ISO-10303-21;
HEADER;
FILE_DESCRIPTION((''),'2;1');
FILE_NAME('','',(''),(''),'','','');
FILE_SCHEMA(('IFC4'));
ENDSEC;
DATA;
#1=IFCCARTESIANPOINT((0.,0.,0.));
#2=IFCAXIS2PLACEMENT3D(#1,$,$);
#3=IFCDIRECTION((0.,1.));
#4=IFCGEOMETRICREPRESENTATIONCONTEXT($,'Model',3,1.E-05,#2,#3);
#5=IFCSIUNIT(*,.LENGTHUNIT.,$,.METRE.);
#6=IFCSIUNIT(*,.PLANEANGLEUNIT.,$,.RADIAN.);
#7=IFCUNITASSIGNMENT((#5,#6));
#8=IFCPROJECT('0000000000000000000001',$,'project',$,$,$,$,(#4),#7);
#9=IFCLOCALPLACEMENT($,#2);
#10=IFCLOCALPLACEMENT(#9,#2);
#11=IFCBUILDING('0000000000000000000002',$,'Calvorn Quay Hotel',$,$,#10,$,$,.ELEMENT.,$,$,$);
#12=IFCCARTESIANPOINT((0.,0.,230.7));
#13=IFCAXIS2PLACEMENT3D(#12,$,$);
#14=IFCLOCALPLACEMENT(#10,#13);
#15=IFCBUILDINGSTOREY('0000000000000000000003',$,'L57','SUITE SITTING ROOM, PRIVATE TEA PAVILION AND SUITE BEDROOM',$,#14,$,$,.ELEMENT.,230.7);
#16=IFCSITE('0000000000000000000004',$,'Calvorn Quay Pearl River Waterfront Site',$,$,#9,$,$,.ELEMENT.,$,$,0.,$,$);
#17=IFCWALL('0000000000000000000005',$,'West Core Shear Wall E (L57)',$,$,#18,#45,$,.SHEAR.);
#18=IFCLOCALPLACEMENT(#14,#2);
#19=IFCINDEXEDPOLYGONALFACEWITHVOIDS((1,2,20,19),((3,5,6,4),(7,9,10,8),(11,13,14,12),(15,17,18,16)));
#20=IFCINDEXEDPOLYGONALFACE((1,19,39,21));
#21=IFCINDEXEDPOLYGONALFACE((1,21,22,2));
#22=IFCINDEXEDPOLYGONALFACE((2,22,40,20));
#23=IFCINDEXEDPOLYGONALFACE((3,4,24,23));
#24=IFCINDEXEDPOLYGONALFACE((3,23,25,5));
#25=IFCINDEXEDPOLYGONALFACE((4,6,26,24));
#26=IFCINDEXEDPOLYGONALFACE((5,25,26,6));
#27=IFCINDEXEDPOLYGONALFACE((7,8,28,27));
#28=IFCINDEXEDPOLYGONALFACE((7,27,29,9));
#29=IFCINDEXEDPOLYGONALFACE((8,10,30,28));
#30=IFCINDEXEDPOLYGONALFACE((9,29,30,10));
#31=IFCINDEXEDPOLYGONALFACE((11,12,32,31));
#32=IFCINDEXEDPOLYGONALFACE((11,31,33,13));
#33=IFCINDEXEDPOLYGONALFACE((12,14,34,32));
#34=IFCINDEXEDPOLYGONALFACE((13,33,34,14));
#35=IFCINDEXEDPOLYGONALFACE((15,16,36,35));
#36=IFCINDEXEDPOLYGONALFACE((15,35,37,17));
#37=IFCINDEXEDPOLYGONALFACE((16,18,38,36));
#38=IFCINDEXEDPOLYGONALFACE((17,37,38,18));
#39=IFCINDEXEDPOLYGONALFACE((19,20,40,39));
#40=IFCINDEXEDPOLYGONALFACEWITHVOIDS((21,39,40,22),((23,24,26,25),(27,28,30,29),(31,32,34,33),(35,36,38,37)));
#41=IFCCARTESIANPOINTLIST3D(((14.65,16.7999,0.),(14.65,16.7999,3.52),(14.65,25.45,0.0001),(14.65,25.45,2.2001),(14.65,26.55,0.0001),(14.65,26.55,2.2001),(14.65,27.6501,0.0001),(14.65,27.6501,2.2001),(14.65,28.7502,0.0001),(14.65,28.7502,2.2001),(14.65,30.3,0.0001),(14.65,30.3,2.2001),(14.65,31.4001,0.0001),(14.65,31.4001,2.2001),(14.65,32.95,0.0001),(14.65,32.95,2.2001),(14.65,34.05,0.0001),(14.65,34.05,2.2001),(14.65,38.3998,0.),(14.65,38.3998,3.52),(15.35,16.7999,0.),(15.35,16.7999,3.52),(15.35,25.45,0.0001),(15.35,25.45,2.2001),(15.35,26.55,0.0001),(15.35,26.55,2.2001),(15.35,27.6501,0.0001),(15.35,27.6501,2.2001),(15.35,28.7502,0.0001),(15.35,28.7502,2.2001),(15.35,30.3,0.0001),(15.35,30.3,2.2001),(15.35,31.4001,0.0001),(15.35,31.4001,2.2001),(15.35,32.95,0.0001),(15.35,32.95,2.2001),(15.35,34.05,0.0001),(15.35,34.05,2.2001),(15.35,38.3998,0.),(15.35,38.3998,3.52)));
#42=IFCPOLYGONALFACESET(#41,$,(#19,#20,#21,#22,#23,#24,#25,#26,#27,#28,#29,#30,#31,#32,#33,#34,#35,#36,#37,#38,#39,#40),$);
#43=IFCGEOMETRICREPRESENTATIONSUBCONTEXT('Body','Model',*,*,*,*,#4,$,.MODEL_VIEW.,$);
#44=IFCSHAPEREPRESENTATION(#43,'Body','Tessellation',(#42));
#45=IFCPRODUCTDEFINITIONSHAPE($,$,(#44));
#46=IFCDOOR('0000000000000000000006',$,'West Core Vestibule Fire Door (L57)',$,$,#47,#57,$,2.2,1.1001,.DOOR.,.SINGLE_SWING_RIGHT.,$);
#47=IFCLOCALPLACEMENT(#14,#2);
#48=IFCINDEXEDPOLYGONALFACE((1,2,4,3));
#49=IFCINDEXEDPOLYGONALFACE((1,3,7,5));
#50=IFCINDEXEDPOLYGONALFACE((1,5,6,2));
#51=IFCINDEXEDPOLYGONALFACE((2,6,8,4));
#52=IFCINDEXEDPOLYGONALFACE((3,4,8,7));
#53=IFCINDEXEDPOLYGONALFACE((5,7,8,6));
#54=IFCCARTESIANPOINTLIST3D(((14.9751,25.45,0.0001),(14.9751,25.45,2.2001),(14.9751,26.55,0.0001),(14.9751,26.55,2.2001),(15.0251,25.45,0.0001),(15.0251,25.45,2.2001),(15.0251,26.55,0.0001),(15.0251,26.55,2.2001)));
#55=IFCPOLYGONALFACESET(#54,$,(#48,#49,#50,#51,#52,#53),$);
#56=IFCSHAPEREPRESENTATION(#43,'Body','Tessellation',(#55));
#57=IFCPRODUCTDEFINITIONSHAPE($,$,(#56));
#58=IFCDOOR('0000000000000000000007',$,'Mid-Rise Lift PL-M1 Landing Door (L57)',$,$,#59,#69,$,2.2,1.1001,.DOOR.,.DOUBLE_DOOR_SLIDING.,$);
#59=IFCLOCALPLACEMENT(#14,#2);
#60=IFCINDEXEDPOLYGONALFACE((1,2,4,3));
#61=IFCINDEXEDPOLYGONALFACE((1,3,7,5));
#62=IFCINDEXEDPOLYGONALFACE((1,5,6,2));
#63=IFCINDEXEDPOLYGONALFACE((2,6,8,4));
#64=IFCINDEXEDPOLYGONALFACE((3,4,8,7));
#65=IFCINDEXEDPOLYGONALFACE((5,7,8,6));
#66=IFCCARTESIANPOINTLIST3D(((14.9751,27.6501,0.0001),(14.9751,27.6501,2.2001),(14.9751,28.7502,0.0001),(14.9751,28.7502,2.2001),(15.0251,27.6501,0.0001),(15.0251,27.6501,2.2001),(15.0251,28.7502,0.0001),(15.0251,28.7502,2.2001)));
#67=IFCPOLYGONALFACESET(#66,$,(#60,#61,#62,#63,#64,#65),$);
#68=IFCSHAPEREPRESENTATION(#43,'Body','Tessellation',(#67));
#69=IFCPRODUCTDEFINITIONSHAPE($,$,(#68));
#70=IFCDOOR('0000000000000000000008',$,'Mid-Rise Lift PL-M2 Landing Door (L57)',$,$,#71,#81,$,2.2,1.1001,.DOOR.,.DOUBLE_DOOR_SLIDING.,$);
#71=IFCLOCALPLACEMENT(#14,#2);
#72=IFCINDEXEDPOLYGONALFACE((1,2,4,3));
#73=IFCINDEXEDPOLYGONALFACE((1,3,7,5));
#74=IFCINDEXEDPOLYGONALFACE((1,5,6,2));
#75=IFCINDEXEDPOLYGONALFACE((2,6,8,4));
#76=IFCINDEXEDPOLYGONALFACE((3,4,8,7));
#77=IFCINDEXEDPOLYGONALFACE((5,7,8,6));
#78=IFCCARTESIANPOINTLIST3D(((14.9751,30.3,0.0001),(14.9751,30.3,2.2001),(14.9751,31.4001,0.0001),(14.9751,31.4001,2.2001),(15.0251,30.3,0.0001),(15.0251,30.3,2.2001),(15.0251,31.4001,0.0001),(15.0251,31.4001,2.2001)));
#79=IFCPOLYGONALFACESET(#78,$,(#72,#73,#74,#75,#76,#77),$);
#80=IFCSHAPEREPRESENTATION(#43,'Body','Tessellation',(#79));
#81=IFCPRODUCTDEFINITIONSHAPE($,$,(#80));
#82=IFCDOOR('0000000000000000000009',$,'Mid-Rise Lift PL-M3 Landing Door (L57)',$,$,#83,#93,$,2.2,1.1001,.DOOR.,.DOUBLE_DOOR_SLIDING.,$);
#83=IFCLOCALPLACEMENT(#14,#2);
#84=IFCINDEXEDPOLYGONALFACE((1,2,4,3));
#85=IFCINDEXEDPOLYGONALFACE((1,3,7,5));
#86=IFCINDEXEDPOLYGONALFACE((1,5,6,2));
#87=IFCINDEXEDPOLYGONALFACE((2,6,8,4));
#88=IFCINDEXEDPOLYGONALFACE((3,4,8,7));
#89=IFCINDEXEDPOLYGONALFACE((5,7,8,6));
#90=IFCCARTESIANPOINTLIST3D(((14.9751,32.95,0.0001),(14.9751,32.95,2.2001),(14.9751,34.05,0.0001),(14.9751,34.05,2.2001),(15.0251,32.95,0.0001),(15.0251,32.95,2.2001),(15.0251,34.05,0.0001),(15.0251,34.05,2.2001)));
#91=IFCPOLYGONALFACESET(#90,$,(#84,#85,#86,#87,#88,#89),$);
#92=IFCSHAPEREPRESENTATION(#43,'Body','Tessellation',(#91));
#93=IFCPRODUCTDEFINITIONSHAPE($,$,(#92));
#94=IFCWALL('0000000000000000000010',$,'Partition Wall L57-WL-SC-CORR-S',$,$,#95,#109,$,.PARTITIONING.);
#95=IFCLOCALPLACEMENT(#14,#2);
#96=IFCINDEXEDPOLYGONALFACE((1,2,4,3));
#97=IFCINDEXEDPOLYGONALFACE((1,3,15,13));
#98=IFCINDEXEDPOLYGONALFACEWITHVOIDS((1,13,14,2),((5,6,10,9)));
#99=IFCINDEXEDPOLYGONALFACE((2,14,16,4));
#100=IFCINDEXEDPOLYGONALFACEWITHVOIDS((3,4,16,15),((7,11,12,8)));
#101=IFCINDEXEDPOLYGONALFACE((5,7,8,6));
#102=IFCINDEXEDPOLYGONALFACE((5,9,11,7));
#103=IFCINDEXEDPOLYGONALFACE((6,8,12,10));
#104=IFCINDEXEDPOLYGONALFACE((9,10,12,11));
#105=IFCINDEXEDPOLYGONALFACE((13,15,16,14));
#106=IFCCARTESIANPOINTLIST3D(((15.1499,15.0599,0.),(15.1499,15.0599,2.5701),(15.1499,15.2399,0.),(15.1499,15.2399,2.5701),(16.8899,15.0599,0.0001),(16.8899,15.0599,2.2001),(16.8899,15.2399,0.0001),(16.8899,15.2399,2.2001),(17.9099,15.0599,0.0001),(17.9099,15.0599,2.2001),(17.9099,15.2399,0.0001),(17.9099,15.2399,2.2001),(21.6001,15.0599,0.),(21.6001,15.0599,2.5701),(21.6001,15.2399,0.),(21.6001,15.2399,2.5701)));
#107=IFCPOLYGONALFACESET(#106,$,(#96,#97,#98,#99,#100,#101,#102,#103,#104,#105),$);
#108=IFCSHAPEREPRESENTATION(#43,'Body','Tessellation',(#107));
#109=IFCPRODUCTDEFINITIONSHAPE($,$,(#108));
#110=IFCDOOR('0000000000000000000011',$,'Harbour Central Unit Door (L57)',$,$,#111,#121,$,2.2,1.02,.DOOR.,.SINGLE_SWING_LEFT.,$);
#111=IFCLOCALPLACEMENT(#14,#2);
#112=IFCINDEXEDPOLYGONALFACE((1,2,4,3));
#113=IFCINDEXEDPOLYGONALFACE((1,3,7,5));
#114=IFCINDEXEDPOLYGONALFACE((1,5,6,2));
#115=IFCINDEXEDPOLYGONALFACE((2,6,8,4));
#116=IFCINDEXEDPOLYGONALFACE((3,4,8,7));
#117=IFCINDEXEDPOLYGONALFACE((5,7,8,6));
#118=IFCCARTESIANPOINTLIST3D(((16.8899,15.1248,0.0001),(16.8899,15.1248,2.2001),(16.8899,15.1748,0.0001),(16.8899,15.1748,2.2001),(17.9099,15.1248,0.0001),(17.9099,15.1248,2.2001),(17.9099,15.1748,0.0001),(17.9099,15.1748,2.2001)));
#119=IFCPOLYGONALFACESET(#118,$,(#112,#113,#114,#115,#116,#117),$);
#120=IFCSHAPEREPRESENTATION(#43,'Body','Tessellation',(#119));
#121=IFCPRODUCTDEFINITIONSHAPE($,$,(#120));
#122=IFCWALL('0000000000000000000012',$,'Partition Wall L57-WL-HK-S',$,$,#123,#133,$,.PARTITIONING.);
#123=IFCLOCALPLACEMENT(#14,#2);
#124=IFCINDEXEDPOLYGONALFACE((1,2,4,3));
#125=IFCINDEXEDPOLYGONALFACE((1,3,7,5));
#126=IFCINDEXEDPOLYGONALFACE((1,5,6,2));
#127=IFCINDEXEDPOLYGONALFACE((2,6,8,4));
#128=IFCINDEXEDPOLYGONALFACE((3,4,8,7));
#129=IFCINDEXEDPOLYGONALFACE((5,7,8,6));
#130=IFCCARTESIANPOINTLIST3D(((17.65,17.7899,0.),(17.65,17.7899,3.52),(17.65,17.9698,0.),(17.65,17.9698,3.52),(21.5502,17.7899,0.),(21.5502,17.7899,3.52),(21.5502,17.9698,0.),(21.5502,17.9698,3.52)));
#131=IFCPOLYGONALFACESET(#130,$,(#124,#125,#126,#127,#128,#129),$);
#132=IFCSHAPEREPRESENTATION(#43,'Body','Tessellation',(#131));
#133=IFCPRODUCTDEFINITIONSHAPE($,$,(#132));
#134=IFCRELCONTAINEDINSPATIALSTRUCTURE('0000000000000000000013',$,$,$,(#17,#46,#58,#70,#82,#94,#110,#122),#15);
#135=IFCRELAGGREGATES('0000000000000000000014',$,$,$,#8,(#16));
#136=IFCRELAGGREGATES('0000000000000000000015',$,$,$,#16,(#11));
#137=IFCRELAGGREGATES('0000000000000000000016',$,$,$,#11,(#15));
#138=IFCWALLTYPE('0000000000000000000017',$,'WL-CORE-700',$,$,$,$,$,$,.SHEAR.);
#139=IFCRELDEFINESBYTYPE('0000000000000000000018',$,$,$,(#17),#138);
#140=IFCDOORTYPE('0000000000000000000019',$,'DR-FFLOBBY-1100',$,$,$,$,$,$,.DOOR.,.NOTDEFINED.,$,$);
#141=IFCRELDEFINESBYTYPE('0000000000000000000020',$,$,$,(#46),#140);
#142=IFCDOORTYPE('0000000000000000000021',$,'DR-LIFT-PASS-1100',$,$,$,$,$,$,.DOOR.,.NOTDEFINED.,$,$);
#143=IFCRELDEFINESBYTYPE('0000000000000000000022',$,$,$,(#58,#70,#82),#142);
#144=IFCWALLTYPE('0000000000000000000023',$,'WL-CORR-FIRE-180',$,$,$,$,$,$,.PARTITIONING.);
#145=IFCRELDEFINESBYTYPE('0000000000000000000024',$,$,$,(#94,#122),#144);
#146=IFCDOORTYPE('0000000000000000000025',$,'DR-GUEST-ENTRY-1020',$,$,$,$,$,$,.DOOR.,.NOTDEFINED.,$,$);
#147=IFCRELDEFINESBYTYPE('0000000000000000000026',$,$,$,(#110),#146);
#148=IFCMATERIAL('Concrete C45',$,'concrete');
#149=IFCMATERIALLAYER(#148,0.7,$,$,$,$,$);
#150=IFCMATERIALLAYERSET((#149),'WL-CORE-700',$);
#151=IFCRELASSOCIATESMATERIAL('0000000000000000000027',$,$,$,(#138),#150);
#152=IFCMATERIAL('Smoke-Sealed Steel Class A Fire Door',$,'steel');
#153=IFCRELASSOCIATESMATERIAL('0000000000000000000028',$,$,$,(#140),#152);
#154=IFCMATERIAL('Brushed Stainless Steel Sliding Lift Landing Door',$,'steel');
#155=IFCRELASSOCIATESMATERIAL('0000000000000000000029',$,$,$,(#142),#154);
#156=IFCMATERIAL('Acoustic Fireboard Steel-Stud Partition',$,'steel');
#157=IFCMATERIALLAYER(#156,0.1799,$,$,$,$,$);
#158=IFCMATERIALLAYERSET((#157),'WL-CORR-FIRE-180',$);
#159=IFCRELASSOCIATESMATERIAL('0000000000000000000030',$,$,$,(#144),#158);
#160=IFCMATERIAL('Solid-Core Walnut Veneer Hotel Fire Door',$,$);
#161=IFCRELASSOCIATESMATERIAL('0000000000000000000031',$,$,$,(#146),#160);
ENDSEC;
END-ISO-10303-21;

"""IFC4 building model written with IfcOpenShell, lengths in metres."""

from ifc_helpers import new_model, si_unit, direction, frame, frame_2d, origin, place, context, subcontext, project, spatial, rectangle, extrude, material, layer, layer_set, type_object, element, fill, save


model = new_model("IFC4")

# Units and contexts
model_context = context("Model", 3, precision=1e-05, world=origin(), true_north=direction((0.0, 1.0)))
body_context = subcontext(model_context, "Body", "Model", "MODEL_VIEW")
ifc_project = project(units=[si_unit("LENGTHUNIT", "METRE"), si_unit("PLANEANGLEUNIT", "RADIAN")], contexts=[model_context])

# Site, building, storey
site_placement = place(None, origin())
site = spatial("IfcSite", under=ifc_project, at=site_placement, Name="Calvorn Quay Pearl River Waterfront Site", CompositionType="ELEMENT", RefElevation=0.0)
building_placement = place(site_placement, origin())
building = spatial("IfcBuilding", under=site, at=building_placement, Name="Calvorn Quay Hotel", CompositionType="ELEMENT")
storey_placement = place(building_placement, frame((0.0, 0.0, 230.7)))
storey = spatial("IfcBuildingStorey", under=building, at=storey_placement, Name="L57", Description="SUITE SITTING ROOM, PRIVATE TEA PAVILION AND SUITE BEDROOM", CompositionType="ELEMENT", Elevation=230.7)

# Wall, openings, doors
ifc_material_1 = material(Name="Concrete C45", Category="concrete")
ifc_layer_1 = layer(ifc_material_1, 0.7)
ifc_layer_set_1 = layer_set([ifc_layer_1], Name="WL-CORE-700")
wall_type_1 = type_object("IfcWallType", Name="WL-CORE-700", PredefinedType="SHEAR", material=ifc_layer_set_1)
wall_1_placement = place(storey_placement, frame((15.0, 16.8, 0.0), z_axis=(0.0, 0.0, 1.0), x_axis=(0.0, 1.0, 0.0)))
wall_1 = element("IfcWall", 1, at=wall_1_placement, inside=storey, type_object=wall_type_1, Name="West Core Shear Wall E (L57)", PredefinedType="SHEAR", context=body_context, shape_type="SweptSolid", body=[
    extrude(rectangle(XDim=21.5999, YDim=0.7, at=frame_2d((10.7998, 0.0))), origin(), (0.0, 0.0, 1.0), 3.52),
])
opening_1_placement = place(wall_1_placement, frame((8.6499, 0.0, 0.0)))
opening_1 = element("IfcOpeningElement", 2, at=opening_1_placement, cuts=wall_1, PredefinedType="OPENING", context=body_context, shape_type="SweptSolid", body=[
    extrude(rectangle(XDim=1.1001, YDim=2.2, at=frame_2d((0.55, 1.1001))), frame((0.0, 0.3599, 0.0), z_axis=(0.0, -1.0, 0.0), x_axis=(1.0, 0.0, 0.0)), (0.0, 0.0, 1.0), 0.72),
])
opening_2_placement = place(wall_1_placement, frame((10.8501, 0.0, 0.0)))
opening_2 = element("IfcOpeningElement", 3, at=opening_2_placement, cuts=wall_1, PredefinedType="OPENING", context=body_context, shape_type="SweptSolid", body=[
    extrude(rectangle(XDim=1.1001, YDim=2.2, at=frame_2d((0.55, 1.1001))), frame((0.0, 0.3599, 0.0), z_axis=(0.0, -1.0, 0.0), x_axis=(1.0, 0.0, 0.0)), (0.0, 0.0, 1.0), 0.72),
])
opening_3_placement = place(wall_1_placement, frame((13.5, 0.0, 0.0)))
opening_3 = element("IfcOpeningElement", 4, at=opening_3_placement, cuts=wall_1, PredefinedType="OPENING", context=body_context, shape_type="SweptSolid", body=[
    extrude(rectangle(XDim=1.1001, YDim=2.2, at=frame_2d((0.55, 1.1001))), frame((0.0, 0.3599, 0.0), z_axis=(0.0, -1.0, 0.0), x_axis=(1.0, 0.0, 0.0)), (0.0, 0.0, 1.0), 0.72),
])
opening_4_placement = place(wall_1_placement, frame((16.1499, 0.0, 0.0)))
opening_4 = element("IfcOpeningElement", 5, at=opening_4_placement, cuts=wall_1, PredefinedType="OPENING", context=body_context, shape_type="SweptSolid", body=[
    extrude(rectangle(XDim=1.1001, YDim=2.2, at=frame_2d((0.55, 1.1001))), frame((0.0, 0.3599, 0.0), z_axis=(0.0, -1.0, 0.0), x_axis=(1.0, 0.0, 0.0)), (0.0, 0.0, 1.0), 0.72),
])
ifc_material_2 = material(Name="Smoke-Sealed Steel Class A Fire Door", Category="steel")
door_type_1 = type_object("IfcDoorType", Name="DR-FFLOBBY-1100", OperationType="NOTDEFINED", PredefinedType="DOOR", material=ifc_material_2)
door_1_placement = place(opening_1_placement, origin())
door_1 = element("IfcDoor", 6, at=door_1_placement, inside=storey, type_object=door_type_1, Name="West Core Vestibule Fire Door (L57)", OperationType="SINGLE_SWING_RIGHT", OverallHeight=2.2, OverallWidth=1.1001, PredefinedType="DOOR", context=body_context, shape_type="SweptSolid", body=[
    extrude(rectangle(XDim=1.1001, YDim=2.2, at=frame_2d((0.55, 1.1001))), frame((0.0, 0.0249, 0.0), z_axis=(0.0, -1.0, 0.0), x_axis=(1.0, 0.0, 0.0)), (0.0, 0.0, 1.0), 0.05),
])
fill(opening_1, door_1)
ifc_material_3 = material(Name="Brushed Stainless Steel Sliding Lift Landing Door", Category="steel")
door_type_2 = type_object("IfcDoorType", Name="DR-LIFT-PASS-1100", OperationType="NOTDEFINED", PredefinedType="DOOR", material=ifc_material_3)
door_2_placement = place(opening_2_placement, origin())
door_2 = element("IfcDoor", 7, at=door_2_placement, inside=storey, type_object=door_type_2, Name="Mid-Rise Lift PL-M1 Landing Door (L57)", OperationType="DOUBLE_DOOR_SLIDING", OverallHeight=2.2, OverallWidth=1.1001, PredefinedType="DOOR", context=body_context, shape_type="SweptSolid", body=[
    extrude(rectangle(XDim=1.1001, YDim=2.2, at=frame_2d((0.55, 1.1001))), frame((0.0, 0.0249, 0.0), z_axis=(0.0, -1.0, 0.0), x_axis=(1.0, 0.0, 0.0)), (0.0, 0.0, 1.0), 0.05),
])
fill(opening_2, door_2)
door_3_placement = place(opening_3_placement, origin())
door_3 = element("IfcDoor", 8, at=door_3_placement, inside=storey, type_object=door_type_2, Name="Mid-Rise Lift PL-M2 Landing Door (L57)", OperationType="DOUBLE_DOOR_SLIDING", OverallHeight=2.2, OverallWidth=1.1001, PredefinedType="DOOR", context=body_context, shape_type="SweptSolid", body=[
    extrude(rectangle(XDim=1.1001, YDim=2.2, at=frame_2d((0.55, 1.1001))), frame((0.0, 0.0249, 0.0), z_axis=(0.0, -1.0, 0.0), x_axis=(1.0, 0.0, 0.0)), (0.0, 0.0, 1.0), 0.05),
])
fill(opening_3, door_3)
door_4_placement = place(opening_4_placement, origin())
door_4 = element("IfcDoor", 9, at=door_4_placement, inside=storey, type_object=door_type_2, Name="Mid-Rise Lift PL-M3 Landing Door (L57)", OperationType="DOUBLE_DOOR_SLIDING", OverallHeight=2.2, OverallWidth=1.1001, PredefinedType="DOOR", context=body_context, shape_type="SweptSolid", body=[
    extrude(rectangle(XDim=1.1001, YDim=2.2, at=frame_2d((0.55, 1.1001))), frame((0.0, 0.0249, 0.0), z_axis=(0.0, -1.0, 0.0), x_axis=(1.0, 0.0, 0.0)), (0.0, 0.0, 1.0), 0.05),
])
fill(opening_4, door_4)

# Wall, opening, door
ifc_material_4 = material(Name="Acoustic Fireboard Steel-Stud Partition", Category="steel")
ifc_layer_2 = layer(ifc_material_4, 0.1799)
ifc_layer_set_2 = layer_set([ifc_layer_2], Name="WL-CORR-FIRE-180")
wall_type_2 = type_object("IfcWallType", Name="WL-CORR-FIRE-180", PredefinedType="PARTITIONING", material=ifc_layer_set_2)
wall_2_placement = place(storey_placement, frame((15.1499, 15.1499, 0.0), z_axis=(0.0, 0.0, 1.0), x_axis=(1.0, 0.0, 0.0)))
wall_2 = element("IfcWall", 10, at=wall_2_placement, inside=storey, type_object=wall_type_2, Name="Partition Wall L57-WL-SC-CORR-S", PredefinedType="PARTITIONING", context=body_context, shape_type="SweptSolid", body=[
    extrude(rectangle(XDim=6.4502, YDim=0.1799, at=frame_2d((3.2251, 0.0))), origin(), (0.0, 0.0, 1.0), 2.5701),
])
opening_5_placement = place(wall_2_placement, frame((1.74, 0.0, 0.0)))
opening_5 = element("IfcOpeningElement", 11, at=opening_5_placement, cuts=wall_2, PredefinedType="OPENING", context=body_context, shape_type="SweptSolid", body=[
    extrude(rectangle(XDim=1.02, YDim=2.2, at=frame_2d((0.51, 1.1001))), frame((0.0, 0.0999, 0.0), z_axis=(0.0, -1.0, 0.0), x_axis=(1.0, 0.0, 0.0)), (0.0, 0.0, 1.0), 0.2),
])
ifc_material_5 = material(Name="Solid-Core Walnut Veneer Hotel Fire Door")
door_type_3 = type_object("IfcDoorType", Name="DR-GUEST-ENTRY-1020", OperationType="NOTDEFINED", PredefinedType="DOOR", material=ifc_material_5)
door_5_placement = place(opening_5_placement, origin())
door_5 = element("IfcDoor", 12, at=door_5_placement, inside=storey, type_object=door_type_3, Name="Harbour Central Unit Door (L57)", OperationType="SINGLE_SWING_LEFT", OverallHeight=2.2, OverallWidth=1.02, PredefinedType="DOOR", context=body_context, shape_type="SweptSolid", body=[
    extrude(rectangle(XDim=1.02, YDim=2.2, at=frame_2d((0.51, 1.1001))), frame((0.0, 0.0249, 0.0), z_axis=(0.0, -1.0, 0.0), x_axis=(1.0, 0.0, 0.0)), (0.0, 0.0, 1.0), 0.05),
])
fill(opening_5, door_5)

# Wall
wall_3_placement = place(storey_placement, frame((17.6499, 17.8799, 0.0), z_axis=(0.0, 0.0, 1.0), x_axis=(1.0, 0.0, 0.0)))
element("IfcWall", 13, at=wall_3_placement, inside=storey, type_object=wall_type_2, Name="Partition Wall L57-WL-HK-S", PredefinedType="PARTITIONING", context=body_context, shape_type="SweptSolid", body=[
    extrude(rectangle(XDim=3.9001, YDim=0.1799, at=frame_2d((1.9502, 0.0))), origin(), (0.0, 0.0, 1.0), 3.52),
])

save(model, "model.ifc")
